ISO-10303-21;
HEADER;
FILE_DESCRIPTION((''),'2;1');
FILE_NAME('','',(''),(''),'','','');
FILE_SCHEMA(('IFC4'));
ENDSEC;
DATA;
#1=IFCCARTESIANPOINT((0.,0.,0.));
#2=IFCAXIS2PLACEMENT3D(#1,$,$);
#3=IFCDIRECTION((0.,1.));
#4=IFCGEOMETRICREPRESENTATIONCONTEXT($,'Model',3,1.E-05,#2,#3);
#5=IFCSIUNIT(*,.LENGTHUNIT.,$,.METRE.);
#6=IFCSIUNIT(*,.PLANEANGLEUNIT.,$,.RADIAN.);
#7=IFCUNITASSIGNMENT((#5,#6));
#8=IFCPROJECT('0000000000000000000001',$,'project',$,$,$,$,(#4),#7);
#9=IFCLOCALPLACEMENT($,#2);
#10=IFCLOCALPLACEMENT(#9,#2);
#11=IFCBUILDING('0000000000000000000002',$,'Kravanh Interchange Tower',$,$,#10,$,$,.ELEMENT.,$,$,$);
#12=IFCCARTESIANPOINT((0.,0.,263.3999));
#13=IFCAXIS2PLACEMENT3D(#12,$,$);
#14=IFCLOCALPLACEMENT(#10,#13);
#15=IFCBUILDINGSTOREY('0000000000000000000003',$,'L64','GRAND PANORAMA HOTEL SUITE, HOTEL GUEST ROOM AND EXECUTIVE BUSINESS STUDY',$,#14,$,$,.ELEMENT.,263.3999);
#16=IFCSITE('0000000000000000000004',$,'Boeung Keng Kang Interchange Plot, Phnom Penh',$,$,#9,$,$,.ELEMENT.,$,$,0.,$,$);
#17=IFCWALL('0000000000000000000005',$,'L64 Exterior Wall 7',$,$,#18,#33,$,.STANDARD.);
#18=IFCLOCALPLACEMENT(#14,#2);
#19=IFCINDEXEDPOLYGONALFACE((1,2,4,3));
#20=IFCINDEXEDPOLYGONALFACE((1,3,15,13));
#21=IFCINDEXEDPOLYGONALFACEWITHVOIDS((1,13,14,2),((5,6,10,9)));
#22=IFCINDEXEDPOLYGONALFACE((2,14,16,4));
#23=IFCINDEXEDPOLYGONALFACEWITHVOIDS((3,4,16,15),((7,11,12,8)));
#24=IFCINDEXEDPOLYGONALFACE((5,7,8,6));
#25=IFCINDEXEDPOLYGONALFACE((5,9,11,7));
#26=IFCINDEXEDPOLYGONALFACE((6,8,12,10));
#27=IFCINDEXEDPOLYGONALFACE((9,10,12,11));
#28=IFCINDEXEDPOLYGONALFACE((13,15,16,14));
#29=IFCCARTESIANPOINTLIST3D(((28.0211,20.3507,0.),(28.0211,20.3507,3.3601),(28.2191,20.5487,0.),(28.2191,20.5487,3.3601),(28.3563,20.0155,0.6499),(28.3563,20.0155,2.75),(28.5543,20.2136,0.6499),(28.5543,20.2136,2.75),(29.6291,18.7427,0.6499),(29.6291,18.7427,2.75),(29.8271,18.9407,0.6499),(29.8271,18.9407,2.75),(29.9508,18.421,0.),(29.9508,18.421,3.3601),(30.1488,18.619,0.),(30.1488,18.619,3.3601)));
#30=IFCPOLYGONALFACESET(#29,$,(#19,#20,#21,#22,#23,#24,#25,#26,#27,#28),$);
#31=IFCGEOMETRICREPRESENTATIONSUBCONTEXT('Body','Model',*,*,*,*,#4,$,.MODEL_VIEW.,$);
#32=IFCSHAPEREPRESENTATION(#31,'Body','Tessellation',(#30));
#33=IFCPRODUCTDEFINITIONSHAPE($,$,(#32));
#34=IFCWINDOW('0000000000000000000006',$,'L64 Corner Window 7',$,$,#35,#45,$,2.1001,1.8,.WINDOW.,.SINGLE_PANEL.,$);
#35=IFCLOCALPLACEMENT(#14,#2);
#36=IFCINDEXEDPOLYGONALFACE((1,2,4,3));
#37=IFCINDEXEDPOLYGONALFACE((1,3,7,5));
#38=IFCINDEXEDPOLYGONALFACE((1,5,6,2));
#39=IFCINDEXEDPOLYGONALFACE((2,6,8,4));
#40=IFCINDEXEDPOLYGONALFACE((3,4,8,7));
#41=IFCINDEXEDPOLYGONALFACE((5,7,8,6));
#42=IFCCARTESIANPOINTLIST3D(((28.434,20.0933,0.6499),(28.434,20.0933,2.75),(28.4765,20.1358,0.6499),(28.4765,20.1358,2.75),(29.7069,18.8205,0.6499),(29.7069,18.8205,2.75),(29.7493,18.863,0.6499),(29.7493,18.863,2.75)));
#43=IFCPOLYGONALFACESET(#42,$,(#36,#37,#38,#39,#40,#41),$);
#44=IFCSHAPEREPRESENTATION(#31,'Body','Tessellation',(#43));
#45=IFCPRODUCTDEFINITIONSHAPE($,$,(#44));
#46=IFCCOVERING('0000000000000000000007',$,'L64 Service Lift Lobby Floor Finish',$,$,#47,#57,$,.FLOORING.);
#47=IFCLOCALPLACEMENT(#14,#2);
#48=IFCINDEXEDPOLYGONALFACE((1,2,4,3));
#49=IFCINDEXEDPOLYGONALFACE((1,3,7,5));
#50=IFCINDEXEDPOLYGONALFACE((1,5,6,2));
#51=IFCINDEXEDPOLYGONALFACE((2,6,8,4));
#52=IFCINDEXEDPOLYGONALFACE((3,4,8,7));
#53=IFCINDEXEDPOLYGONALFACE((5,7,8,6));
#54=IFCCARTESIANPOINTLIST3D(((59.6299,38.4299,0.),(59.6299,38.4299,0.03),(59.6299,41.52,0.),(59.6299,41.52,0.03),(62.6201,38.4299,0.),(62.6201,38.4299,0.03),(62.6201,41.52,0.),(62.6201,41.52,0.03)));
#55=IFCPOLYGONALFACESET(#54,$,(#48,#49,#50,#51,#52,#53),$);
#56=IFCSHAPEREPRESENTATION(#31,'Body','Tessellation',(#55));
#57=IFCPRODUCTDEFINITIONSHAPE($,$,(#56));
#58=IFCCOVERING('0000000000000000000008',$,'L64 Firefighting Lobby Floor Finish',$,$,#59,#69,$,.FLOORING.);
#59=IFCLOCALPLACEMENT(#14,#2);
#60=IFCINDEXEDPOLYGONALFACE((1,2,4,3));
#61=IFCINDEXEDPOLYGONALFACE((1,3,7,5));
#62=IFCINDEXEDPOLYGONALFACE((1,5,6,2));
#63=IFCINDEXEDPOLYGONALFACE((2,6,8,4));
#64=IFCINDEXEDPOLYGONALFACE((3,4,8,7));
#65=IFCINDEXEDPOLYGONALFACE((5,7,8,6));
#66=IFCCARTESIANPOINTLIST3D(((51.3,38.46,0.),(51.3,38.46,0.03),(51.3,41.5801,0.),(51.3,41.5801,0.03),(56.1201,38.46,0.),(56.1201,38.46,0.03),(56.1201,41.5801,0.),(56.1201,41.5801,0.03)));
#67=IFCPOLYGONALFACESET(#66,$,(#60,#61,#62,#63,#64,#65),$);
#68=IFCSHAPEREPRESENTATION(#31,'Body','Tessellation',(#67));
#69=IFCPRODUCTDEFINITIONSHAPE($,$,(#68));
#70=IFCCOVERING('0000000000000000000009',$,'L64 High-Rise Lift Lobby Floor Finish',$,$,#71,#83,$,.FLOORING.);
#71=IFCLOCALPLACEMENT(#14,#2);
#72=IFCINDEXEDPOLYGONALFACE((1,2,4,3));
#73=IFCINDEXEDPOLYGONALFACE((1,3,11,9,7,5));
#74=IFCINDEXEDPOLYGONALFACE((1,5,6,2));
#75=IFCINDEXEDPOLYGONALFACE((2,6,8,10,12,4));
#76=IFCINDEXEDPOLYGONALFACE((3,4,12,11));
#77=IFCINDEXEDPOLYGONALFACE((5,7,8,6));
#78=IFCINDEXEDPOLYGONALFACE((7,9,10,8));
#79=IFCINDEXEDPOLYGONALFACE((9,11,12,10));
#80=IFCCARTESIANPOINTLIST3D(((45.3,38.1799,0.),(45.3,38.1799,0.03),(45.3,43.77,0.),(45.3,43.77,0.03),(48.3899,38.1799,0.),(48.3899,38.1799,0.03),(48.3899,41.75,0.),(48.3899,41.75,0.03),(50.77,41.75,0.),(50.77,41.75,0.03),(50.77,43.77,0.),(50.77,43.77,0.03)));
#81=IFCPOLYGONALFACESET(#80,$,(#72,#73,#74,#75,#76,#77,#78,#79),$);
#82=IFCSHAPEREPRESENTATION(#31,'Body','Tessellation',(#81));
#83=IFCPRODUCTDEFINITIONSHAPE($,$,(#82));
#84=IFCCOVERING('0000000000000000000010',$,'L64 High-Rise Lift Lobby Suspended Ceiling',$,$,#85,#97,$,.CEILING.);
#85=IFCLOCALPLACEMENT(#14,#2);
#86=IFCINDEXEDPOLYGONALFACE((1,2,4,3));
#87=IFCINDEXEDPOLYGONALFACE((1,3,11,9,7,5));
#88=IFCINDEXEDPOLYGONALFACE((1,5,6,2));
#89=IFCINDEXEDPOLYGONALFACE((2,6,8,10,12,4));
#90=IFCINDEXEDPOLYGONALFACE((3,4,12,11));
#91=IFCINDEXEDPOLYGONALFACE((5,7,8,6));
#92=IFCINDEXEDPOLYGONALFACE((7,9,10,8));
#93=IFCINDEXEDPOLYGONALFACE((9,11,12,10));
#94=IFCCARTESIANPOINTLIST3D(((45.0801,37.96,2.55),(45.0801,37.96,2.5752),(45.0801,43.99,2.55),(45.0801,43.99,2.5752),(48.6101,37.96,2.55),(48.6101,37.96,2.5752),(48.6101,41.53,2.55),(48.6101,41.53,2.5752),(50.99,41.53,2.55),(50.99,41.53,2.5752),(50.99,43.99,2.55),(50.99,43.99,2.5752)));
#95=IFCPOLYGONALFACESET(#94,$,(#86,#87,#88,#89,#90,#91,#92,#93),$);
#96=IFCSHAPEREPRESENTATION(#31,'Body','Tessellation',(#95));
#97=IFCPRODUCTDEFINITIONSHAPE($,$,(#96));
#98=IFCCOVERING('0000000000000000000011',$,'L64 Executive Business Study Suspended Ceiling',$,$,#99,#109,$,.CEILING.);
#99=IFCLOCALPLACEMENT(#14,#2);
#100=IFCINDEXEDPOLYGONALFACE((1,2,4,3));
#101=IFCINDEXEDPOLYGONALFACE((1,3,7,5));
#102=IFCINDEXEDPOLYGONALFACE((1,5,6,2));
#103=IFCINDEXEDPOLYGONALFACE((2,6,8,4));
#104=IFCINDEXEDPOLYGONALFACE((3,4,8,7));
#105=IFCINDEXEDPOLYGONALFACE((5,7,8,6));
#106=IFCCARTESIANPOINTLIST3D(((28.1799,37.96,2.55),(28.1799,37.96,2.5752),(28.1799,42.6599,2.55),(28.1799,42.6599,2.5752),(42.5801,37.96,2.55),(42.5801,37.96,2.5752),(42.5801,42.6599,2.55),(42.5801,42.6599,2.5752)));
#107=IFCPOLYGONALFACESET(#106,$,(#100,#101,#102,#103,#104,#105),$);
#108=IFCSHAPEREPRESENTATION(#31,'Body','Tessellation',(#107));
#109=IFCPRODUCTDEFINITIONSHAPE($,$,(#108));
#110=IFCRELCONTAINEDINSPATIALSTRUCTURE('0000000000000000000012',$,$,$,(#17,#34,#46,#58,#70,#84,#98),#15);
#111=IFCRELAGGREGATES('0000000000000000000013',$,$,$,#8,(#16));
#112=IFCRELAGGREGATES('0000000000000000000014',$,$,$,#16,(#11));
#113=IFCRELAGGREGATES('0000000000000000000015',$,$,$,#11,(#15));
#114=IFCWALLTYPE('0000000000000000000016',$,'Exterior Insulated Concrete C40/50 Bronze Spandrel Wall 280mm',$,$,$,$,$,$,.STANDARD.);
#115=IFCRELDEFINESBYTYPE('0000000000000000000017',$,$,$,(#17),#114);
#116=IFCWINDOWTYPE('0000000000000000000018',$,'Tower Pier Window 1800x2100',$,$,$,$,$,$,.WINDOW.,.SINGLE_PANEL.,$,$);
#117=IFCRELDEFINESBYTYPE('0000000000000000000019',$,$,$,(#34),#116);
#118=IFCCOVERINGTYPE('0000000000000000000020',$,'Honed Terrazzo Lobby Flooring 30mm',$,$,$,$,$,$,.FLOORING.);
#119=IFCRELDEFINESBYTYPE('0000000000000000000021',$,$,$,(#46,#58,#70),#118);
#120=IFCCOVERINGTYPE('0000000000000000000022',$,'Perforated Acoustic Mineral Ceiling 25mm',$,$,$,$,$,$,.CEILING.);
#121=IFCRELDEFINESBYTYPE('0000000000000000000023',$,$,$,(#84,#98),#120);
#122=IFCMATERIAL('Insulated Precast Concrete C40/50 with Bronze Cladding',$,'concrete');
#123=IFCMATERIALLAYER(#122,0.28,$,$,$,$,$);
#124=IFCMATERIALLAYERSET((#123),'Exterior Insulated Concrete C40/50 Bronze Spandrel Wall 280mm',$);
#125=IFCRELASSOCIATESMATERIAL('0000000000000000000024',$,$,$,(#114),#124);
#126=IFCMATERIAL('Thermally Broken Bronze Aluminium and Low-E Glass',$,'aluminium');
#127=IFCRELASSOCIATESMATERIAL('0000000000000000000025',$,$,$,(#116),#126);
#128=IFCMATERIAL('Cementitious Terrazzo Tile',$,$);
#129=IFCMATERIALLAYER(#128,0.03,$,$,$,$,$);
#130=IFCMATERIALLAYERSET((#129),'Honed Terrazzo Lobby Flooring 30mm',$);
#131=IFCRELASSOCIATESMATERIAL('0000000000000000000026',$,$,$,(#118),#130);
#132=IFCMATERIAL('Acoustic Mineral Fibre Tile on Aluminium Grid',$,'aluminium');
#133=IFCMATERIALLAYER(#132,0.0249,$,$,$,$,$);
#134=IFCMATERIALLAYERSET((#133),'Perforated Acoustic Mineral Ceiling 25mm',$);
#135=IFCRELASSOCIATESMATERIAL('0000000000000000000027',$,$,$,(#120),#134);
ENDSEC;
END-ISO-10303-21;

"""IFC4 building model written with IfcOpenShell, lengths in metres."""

from ifc_helpers import new_model, si_unit, direction, frame, frame_2d, origin, place, context, subcontext, project, spatial, polyline, rectangle, outline, extrude, material, layer, layer_set, type_object, element, fill, save


model = new_model("IFC4")

# Units and contexts
model_context = context("Model", 3, precision=1e-05, world=origin(), true_north=direction((0.0, 1.0)))
body_context = subcontext(model_context, "Body", "Model", "MODEL_VIEW")
ifc_project = project(units=[si_unit("LENGTHUNIT", "METRE"), si_unit("PLANEANGLEUNIT", "RADIAN")], contexts=[model_context])

# Site, building, storey
site_placement = place(None, origin())
site = spatial("IfcSite", under=ifc_project, at=site_placement, Name="Boeung Keng Kang Interchange Plot, Phnom Penh", CompositionType="ELEMENT", RefElevation=0.0)
building_placement = place(site_placement, origin())
building = spatial("IfcBuilding", under=site, at=building_placement, Name="Kravanh Interchange Tower", CompositionType="ELEMENT")
storey_placement = place(building_placement, frame((0.0, 0.0, 263.3999)))
storey = spatial("IfcBuildingStorey", under=building, at=storey_placement, Name="L64", Description="GRAND PANORAMA HOTEL SUITE, HOTEL GUEST ROOM AND EXECUTIVE BUSINESS STUDY", CompositionType="ELEMENT", Elevation=263.3999)

# Shared definitions
ifc_material_1 = material(Name="Insulated Precast Concrete C40/50 with Bronze Cladding", Category="concrete")
ifc_layer_1 = layer(ifc_material_1, 0.28)
ifc_layer_set_1 = layer_set([ifc_layer_1], Name="Exterior Insulated Concrete C40/50 Bronze Spandrel Wall 280mm")
wall_type = type_object("IfcWallType", Name="Exterior Insulated Concrete C40/50 Bronze Spandrel Wall 280mm", PredefinedType="STANDARD", material=ifc_layer_set_1)
ifc_material_2 = material(Name="Thermally Broken Bronze Aluminium and Low-E Glass", Category="aluminium")
window_type = type_object("IfcWindowType", Name="Tower Pier Window 1800x2100", PartitioningType="SINGLE_PANEL", PredefinedType="WINDOW", material=ifc_material_2)

# Wall, opening, window
wall_1_placement = place(storey_placement, frame((30.0498, 18.52, 0.0), z_axis=(0.0, 0.0, 1.0), x_axis=(-0.707107, 0.707107, 0.0)))
wall_1 = element("IfcWall", 1, at=wall_1_placement, inside=storey, type_object=wall_type, Name="L64 Exterior Wall 7", PredefinedType="STANDARD", context=body_context, shape_type="SweptSolid", body=[
    extrude(rectangle(XDim=2.729, YDim=0.28, at=frame_2d((1.3645, 0.0))), origin(), (0.0, 0.0, 1.0), 3.3601),
])
opening_1_placement = place(wall_1_placement, frame((0.4551, 0.0, 0.6499)))
opening_1 = element("IfcOpeningElement", 2, at=opening_1_placement, cuts=wall_1, PredefinedType="OPENING", context=body_context, shape_type="SweptSolid", body=[
    extrude(rectangle(XDim=1.8, YDim=2.1001, at=frame_2d((0.8999, 1.05))), frame((0.0, 0.1499, 0.0), z_axis=(0.0, -1.0, 0.0), x_axis=(1.0, 0.0, 0.0)), (0.0, 0.0, 1.0), 0.3),
])
window_1_placement = place(opening_1_placement, origin())
window_1 = element("IfcWindow", 3, at=window_1_placement, inside=storey, type_object=window_type, Name="L64 Corner Window 7", OverallHeight=2.1001, OverallWidth=1.8, PartitioningType="SINGLE_PANEL", PredefinedType="WINDOW", context=body_context, shape_type="SweptSolid", body=[
    extrude(rectangle(XDim=1.8, YDim=2.1001, at=frame_2d((0.8999, 1.05))), frame((0.0, 0.03, 0.0), z_axis=(0.0, -1.0, 0.0), x_axis=(1.0, 0.0, 0.0)), (0.0, 0.0, 1.0), 0.0601),
])
fill(opening_1, window_1)

# Coverings
ifc_material_3 = material(Name="Cementitious Terrazzo Tile")
ifc_layer_2 = layer(ifc_material_3, 0.03)
ifc_layer_set_2 = layer_set([ifc_layer_2], Name="Honed Terrazzo Lobby Flooring 30mm")
covering_type_1 = type_object("IfcCoveringType", Name="Honed Terrazzo Lobby Flooring 30mm", PredefinedType="FLOORING", material=ifc_layer_set_2)
covering_1_placement = place(storey_placement, origin())
element("IfcCovering", 4, at=covering_1_placement, inside=storey, type_object=covering_type_1, Name="L64 Service Lift Lobby Floor Finish", PredefinedType="FLOORING", context=body_context, shape_type="SweptSolid", body=[
    extrude(outline(polyline([(59.6299, 41.52), (62.6201, 41.52), (62.6201, 38.4299), (59.6299, 38.4299), (59.6299, 41.52)])), origin(), (0.0, 0.0, 1.0), 0.03),
])
covering_2_placement = place(storey_placement, origin())
element("IfcCovering", 5, at=covering_2_placement, inside=storey, type_object=covering_type_1, Name="L64 Firefighting Lobby Floor Finish", PredefinedType="FLOORING", context=body_context, shape_type="SweptSolid", body=[
    extrude(outline(polyline([(56.1201, 38.46), (51.3, 38.46), (51.3, 41.5801), (56.1201, 41.5801), (56.1201, 38.46)])), origin(), (0.0, 0.0, 1.0), 0.03),
])
covering_3_placement = place(storey_placement, origin())
element("IfcCovering", 6, at=covering_3_placement, inside=storey, type_object=covering_type_1, Name="L64 High-Rise Lift Lobby Floor Finish", PredefinedType="FLOORING", context=body_context, shape_type="SweptSolid", body=[
    extrude(outline(polyline([(45.3, 43.77), (50.77, 43.77), (50.77, 41.75), (48.3899, 41.75), (48.3899, 38.1799), (45.3, 38.1799), (45.3, 43.77)])), origin(), (0.0, 0.0, 1.0), 0.03),
])
ifc_material_4 = material(Name="Acoustic Mineral Fibre Tile on Aluminium Grid", Category="aluminium")
ifc_layer_3 = layer(ifc_material_4, 0.0249)
ifc_layer_set_3 = layer_set([ifc_layer_3], Name="Perforated Acoustic Mineral Ceiling 25mm")
covering_type_2 = type_object("IfcCoveringType", Name="Perforated Acoustic Mineral Ceiling 25mm", PredefinedType="CEILING", material=ifc_layer_set_3)
covering_4_placement = place(storey_placement, frame((0.0, 0.0, 2.55)))
element("IfcCovering", 7, at=covering_4_placement, inside=storey, type_object=covering_type_2, Name="L64 High-Rise Lift Lobby Suspended Ceiling", PredefinedType="CEILING", context=body_context, shape_type="SweptSolid", body=[
    extrude(outline(polyline([(50.99, 41.53), (48.6101, 41.53), (48.6101, 37.96), (45.0801, 37.96), (45.0801, 43.99), (50.99, 43.99), (50.99, 41.53)])), origin(), (0.0, 0.0, 1.0), 0.0251),
])
covering_5_placement = place(storey_placement, frame((0.0, 0.0, 2.55)))
element("IfcCovering", 8, at=covering_5_placement, inside=storey, type_object=covering_type_2, Name="L64 Executive Business Study Suspended Ceiling", PredefinedType="CEILING", context=body_context, shape_type="SweptSolid", body=[
    extrude(outline(polyline([(42.5801, 37.96), (28.1799, 37.96), (28.1799, 42.6599), (42.5801, 42.6599), (42.5801, 37.96)])), origin(), (0.0, 0.0, 1.0), 0.0251),
])

save(model, "model.ifc")
